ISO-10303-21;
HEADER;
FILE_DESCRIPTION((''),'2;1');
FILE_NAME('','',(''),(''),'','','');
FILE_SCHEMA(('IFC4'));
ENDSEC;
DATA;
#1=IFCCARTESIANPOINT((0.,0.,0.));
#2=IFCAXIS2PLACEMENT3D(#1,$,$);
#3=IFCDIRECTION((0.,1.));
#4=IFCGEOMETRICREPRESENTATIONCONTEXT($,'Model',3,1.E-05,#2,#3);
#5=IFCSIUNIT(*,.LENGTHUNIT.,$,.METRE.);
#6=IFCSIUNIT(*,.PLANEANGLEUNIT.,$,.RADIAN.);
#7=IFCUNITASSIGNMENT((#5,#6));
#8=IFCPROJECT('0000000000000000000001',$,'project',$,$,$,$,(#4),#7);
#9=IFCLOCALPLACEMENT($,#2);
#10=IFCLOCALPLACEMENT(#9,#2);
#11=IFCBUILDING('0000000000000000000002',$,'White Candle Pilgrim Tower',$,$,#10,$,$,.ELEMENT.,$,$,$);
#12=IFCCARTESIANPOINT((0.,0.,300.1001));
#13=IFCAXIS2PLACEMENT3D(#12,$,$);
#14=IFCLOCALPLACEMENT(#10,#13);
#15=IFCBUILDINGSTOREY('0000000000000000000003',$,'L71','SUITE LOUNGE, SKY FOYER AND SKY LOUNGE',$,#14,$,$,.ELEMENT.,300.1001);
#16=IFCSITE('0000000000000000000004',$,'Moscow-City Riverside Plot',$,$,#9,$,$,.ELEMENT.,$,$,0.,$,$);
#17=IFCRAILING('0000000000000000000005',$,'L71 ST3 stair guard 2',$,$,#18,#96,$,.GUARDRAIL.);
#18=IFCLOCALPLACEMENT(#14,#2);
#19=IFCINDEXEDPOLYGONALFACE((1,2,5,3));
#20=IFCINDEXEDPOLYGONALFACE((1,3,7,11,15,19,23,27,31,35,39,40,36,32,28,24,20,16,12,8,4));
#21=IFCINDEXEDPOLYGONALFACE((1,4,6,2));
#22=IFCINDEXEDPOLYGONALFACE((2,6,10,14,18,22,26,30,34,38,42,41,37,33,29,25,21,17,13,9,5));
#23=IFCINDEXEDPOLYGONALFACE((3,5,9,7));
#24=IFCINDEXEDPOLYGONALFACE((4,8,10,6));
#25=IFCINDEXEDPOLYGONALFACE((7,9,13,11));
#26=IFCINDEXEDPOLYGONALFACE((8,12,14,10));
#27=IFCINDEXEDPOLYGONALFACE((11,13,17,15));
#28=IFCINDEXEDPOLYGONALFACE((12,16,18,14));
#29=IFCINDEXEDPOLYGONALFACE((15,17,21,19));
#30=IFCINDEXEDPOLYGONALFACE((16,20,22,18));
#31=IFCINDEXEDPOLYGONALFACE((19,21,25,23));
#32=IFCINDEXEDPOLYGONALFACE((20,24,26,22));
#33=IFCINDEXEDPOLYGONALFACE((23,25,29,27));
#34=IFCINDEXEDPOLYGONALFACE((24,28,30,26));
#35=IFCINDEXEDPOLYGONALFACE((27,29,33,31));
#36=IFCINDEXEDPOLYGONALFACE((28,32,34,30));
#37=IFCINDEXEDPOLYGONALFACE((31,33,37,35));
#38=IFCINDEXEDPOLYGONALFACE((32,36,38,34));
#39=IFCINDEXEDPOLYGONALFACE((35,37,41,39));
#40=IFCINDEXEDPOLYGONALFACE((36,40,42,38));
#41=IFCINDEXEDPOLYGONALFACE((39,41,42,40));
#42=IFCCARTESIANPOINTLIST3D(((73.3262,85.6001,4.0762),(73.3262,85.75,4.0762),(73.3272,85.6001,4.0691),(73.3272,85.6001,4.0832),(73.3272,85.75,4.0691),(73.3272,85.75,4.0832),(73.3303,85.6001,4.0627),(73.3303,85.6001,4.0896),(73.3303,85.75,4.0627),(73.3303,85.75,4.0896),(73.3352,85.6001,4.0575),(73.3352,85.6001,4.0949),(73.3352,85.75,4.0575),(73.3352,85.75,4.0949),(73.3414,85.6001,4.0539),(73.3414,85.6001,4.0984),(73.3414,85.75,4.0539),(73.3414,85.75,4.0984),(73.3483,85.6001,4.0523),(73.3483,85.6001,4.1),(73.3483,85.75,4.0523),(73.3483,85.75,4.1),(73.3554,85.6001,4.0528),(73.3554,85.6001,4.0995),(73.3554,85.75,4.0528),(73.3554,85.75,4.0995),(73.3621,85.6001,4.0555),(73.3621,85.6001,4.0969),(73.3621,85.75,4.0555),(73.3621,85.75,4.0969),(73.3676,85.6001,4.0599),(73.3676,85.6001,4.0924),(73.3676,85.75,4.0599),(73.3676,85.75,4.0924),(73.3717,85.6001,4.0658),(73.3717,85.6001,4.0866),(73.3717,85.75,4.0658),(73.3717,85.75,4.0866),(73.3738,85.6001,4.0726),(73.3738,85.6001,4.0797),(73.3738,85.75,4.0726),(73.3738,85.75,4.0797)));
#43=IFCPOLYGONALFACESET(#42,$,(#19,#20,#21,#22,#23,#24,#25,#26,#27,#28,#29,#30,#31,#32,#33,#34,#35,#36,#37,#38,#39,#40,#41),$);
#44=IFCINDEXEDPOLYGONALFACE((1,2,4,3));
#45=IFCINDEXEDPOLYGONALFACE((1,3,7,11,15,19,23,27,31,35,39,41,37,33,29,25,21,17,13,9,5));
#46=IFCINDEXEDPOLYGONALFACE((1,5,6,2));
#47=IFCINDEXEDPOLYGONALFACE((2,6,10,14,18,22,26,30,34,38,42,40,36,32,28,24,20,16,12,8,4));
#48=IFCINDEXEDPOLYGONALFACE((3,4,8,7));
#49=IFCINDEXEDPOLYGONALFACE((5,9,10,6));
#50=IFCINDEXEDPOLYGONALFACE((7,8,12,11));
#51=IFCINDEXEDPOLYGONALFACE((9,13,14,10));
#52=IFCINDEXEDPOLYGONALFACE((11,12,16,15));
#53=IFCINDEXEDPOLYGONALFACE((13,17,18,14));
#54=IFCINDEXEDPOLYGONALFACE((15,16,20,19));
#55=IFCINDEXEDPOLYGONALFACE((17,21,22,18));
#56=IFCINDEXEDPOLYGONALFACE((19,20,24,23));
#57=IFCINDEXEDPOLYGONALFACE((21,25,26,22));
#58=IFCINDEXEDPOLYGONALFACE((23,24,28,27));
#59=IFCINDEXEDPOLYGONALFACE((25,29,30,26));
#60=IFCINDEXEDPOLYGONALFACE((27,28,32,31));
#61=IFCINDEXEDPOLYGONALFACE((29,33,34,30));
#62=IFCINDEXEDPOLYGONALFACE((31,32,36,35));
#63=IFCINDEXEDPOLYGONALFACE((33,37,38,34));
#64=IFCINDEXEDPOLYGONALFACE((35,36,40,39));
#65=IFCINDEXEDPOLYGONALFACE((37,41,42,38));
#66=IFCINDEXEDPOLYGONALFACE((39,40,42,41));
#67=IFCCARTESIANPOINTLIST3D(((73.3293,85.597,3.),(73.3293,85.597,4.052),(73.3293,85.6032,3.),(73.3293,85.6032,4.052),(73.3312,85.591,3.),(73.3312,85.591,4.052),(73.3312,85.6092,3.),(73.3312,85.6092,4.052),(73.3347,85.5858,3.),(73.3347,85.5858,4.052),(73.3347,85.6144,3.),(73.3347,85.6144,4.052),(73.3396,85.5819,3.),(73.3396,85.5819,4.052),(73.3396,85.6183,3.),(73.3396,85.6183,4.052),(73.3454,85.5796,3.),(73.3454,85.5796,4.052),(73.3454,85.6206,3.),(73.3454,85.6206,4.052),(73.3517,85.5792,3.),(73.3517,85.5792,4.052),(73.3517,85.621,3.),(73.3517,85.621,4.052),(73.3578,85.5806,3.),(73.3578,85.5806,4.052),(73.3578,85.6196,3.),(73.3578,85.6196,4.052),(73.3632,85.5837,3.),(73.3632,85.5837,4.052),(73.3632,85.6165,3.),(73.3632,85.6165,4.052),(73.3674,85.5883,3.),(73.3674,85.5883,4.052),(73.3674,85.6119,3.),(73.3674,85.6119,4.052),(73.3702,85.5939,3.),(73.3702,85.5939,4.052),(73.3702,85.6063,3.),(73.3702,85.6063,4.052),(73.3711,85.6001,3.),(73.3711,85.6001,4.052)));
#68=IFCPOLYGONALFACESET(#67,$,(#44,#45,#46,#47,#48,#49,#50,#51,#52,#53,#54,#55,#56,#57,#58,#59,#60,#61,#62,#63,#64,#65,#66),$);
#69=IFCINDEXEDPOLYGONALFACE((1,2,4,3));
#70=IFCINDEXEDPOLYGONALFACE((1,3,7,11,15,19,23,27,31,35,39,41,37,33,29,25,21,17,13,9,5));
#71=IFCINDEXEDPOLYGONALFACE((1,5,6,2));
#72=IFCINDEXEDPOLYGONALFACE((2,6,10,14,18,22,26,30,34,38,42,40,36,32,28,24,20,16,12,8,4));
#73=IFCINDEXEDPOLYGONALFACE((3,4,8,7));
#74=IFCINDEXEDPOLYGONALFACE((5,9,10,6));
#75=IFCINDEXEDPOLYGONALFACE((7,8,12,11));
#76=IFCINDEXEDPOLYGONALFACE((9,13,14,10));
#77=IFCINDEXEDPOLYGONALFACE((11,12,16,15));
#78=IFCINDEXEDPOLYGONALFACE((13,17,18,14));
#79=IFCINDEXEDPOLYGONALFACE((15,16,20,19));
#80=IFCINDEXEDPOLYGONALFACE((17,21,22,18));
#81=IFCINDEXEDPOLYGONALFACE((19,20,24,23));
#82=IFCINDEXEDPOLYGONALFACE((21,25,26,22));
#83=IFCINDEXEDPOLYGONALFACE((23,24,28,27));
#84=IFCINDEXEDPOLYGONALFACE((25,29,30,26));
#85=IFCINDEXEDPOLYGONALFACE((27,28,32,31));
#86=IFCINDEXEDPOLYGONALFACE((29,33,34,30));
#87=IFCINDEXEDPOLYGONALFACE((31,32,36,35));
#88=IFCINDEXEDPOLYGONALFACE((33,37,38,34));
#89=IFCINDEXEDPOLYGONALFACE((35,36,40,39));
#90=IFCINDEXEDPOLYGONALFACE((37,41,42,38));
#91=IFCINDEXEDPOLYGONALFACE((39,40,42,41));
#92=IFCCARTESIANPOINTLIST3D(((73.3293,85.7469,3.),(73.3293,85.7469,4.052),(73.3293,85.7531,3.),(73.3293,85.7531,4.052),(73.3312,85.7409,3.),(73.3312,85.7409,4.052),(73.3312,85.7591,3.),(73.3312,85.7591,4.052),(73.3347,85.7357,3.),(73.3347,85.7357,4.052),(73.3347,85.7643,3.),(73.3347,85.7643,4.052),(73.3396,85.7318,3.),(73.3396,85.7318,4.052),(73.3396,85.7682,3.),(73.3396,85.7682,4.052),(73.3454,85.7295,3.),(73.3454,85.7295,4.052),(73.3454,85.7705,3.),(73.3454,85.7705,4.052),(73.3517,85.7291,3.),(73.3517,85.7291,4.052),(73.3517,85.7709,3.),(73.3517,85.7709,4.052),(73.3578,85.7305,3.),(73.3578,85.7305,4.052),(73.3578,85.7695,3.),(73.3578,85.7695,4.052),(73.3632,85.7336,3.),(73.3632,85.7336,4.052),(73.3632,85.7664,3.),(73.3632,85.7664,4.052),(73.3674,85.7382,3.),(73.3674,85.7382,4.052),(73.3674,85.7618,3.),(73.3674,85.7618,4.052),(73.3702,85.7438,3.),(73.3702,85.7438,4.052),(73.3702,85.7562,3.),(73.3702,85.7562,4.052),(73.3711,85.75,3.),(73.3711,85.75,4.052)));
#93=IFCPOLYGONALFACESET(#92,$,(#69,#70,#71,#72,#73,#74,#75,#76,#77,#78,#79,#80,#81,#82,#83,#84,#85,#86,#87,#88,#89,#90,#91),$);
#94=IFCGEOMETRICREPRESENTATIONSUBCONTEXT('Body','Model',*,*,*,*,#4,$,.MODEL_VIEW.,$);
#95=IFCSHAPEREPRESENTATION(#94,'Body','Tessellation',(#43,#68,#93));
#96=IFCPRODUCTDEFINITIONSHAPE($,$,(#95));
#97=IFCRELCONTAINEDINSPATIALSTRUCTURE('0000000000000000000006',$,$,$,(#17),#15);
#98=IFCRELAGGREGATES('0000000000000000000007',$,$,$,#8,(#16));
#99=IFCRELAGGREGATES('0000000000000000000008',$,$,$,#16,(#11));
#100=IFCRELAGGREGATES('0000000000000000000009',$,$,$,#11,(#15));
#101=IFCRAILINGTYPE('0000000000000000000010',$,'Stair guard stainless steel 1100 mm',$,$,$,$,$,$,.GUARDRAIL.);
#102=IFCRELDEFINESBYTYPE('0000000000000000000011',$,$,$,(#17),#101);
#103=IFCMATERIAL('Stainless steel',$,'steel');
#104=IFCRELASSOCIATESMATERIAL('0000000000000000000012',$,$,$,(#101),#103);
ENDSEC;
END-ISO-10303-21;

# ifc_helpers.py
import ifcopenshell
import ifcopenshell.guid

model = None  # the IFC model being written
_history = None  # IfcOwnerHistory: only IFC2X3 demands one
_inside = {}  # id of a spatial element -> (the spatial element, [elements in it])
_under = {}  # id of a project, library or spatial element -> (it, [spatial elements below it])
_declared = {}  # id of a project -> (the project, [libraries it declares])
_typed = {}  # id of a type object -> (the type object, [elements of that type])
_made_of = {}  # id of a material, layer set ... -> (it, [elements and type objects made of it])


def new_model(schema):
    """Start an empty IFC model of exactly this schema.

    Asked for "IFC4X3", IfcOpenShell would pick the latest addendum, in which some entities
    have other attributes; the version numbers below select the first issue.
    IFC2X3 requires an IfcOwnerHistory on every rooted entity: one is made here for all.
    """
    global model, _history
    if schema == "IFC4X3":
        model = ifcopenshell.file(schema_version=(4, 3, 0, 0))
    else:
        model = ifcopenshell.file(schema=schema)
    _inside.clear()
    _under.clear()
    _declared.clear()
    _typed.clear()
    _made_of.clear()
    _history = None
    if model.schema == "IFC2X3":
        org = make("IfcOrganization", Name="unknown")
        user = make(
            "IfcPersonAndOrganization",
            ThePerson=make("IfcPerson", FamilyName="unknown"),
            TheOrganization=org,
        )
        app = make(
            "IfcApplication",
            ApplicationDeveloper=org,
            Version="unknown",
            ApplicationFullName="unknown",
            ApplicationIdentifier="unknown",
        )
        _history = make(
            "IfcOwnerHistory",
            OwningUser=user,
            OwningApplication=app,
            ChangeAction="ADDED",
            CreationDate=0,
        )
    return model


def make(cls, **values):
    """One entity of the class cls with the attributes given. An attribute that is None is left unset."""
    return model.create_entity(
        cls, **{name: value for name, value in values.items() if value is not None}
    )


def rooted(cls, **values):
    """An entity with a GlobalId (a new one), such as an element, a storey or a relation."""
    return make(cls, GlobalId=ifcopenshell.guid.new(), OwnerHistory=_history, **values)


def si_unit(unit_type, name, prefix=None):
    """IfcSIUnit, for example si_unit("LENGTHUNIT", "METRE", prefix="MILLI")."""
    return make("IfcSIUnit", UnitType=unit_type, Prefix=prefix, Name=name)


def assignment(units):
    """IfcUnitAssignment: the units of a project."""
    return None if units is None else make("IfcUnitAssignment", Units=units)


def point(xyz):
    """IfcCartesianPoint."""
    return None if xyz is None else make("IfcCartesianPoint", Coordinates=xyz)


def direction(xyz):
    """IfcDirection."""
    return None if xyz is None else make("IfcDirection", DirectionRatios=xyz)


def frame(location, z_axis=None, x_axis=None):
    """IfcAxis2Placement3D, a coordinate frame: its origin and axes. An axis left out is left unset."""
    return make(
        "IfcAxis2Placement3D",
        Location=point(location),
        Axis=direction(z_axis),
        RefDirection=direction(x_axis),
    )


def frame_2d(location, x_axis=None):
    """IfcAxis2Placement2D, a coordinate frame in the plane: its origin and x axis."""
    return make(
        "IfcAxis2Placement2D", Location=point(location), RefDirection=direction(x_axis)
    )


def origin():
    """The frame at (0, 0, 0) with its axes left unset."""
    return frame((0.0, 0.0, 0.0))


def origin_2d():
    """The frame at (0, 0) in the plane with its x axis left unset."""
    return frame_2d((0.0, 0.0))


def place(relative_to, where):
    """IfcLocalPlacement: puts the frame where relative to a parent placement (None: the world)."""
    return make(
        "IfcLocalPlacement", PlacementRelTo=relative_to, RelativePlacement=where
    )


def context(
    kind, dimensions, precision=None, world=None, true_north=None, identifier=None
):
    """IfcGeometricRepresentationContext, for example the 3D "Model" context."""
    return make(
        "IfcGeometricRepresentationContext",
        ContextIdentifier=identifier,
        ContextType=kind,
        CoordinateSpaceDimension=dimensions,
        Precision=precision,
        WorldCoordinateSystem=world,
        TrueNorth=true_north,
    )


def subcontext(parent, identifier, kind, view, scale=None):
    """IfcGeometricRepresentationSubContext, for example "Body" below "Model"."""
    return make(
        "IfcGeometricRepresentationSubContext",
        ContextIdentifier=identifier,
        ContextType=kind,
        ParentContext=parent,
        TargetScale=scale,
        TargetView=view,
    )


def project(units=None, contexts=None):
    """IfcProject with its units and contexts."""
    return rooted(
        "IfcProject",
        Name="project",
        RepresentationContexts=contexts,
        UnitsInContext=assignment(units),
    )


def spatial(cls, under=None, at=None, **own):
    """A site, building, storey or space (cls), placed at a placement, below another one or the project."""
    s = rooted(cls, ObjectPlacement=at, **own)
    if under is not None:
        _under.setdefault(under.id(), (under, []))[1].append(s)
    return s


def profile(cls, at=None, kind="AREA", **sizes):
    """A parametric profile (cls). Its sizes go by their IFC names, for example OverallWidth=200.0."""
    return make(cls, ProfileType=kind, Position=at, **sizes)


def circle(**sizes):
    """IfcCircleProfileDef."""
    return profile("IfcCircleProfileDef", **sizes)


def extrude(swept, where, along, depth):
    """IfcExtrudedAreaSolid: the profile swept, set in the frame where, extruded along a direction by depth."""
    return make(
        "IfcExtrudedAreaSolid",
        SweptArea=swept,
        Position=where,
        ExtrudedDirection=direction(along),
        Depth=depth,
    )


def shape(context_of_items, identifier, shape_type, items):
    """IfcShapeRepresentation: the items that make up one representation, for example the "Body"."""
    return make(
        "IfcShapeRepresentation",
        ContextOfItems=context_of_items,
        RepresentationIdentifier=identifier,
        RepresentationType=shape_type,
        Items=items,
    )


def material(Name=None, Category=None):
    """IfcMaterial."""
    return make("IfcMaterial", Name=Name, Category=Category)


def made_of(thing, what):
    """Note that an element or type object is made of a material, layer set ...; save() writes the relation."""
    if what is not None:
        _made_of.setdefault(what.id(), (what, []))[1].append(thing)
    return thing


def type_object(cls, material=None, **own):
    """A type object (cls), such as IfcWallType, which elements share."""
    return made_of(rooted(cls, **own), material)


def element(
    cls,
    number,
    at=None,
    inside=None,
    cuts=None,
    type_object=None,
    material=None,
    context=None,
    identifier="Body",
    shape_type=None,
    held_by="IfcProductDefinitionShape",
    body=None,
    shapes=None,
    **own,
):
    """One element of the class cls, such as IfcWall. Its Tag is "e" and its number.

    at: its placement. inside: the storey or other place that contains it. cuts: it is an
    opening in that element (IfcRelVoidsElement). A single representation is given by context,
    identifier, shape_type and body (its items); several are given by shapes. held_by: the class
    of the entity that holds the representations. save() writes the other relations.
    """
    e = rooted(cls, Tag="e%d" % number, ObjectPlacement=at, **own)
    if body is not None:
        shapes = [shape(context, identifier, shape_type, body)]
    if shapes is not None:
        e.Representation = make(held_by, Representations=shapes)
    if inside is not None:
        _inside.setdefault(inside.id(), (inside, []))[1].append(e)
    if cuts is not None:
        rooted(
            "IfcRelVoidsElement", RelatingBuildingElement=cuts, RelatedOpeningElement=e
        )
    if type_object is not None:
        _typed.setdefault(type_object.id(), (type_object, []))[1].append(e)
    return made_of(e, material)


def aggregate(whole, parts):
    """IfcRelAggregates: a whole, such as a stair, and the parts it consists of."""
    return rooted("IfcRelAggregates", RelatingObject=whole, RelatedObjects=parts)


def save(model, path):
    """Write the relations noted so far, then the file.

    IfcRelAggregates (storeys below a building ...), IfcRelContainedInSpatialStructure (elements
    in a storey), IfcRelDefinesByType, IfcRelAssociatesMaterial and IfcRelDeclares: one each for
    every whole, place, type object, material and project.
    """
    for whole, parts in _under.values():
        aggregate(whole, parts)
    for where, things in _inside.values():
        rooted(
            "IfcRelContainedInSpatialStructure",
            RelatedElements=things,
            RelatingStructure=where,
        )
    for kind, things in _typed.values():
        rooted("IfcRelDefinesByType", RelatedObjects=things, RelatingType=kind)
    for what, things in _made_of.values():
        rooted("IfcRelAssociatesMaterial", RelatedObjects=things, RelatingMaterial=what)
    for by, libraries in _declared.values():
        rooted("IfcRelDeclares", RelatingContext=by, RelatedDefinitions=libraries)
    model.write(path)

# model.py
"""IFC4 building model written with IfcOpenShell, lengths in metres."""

from ifc_helpers import new_model, si_unit, direction, frame, origin, origin_2d, place, context, subcontext, project, spatial, circle, extrude, material, type_object, element, save


model = new_model("IFC4")

# Units and contexts
model_context = context("Model", 3, precision=1e-05, world=origin(), true_north=direction((0.0, 1.0)))
body_context = subcontext(model_context, "Body", "Model", "MODEL_VIEW")
ifc_project = project(units=[si_unit("LENGTHUNIT", "METRE"), si_unit("PLANEANGLEUNIT", "RADIAN")], contexts=[model_context])

# Site, building, storey
site_placement = place(None, origin())
site = spatial("IfcSite", under=ifc_project, at=site_placement, Name="Moscow-City Riverside Plot", CompositionType="ELEMENT", RefElevation=0.0)
building_placement = place(site_placement, origin())
building = spatial("IfcBuilding", under=site, at=building_placement, Name="White Candle Pilgrim Tower", CompositionType="ELEMENT")
storey_placement = place(building_placement, frame((0.0, 0.0, 300.1001)))
storey = spatial("IfcBuildingStorey", under=building, at=storey_placement, Name="L71", Description="SUITE LOUNGE, SKY FOYER AND SKY LOUNGE", CompositionType="ELEMENT", Elevation=300.1001)

# Railing
ifc_material_1 = material(Name="Stainless steel", Category="steel")
railing_type_1 = type_object("IfcRailingType", Name="Stair guard stainless steel 1100 mm", PredefinedType="GUARDRAIL", material=ifc_material_1)
railing_1_placement = place(storey_placement, frame((73.3501, 85.6001, 3.0)))
element("IfcRailing", 1, at=railing_1_placement, inside=storey, type_object=railing_type_1, Name="L71 ST3 stair guard 2", PredefinedType="GUARDRAIL", context=body_context, shape_type="SweptSolid", body=[
    extrude(circle(Radius=0.0239, at=origin_2d()), frame((0.0, 0.0, 1.0762), z_axis=(0.0, 1.0, 0.0), x_axis=(-1.0, 0.0, 0.0)), (0.0, 0.0, 1.0), 0.1499),
    extrude(circle(Radius=0.021, at=origin_2d()), origin(), (0.0, 0.0, 1.0), 1.052),
    extrude(circle(Radius=0.021, at=origin_2d()), frame((0.0, 0.1499, 0.0)), (0.0, 0.0, 1.0), 1.052),
])

save(model, "model.ifc")
